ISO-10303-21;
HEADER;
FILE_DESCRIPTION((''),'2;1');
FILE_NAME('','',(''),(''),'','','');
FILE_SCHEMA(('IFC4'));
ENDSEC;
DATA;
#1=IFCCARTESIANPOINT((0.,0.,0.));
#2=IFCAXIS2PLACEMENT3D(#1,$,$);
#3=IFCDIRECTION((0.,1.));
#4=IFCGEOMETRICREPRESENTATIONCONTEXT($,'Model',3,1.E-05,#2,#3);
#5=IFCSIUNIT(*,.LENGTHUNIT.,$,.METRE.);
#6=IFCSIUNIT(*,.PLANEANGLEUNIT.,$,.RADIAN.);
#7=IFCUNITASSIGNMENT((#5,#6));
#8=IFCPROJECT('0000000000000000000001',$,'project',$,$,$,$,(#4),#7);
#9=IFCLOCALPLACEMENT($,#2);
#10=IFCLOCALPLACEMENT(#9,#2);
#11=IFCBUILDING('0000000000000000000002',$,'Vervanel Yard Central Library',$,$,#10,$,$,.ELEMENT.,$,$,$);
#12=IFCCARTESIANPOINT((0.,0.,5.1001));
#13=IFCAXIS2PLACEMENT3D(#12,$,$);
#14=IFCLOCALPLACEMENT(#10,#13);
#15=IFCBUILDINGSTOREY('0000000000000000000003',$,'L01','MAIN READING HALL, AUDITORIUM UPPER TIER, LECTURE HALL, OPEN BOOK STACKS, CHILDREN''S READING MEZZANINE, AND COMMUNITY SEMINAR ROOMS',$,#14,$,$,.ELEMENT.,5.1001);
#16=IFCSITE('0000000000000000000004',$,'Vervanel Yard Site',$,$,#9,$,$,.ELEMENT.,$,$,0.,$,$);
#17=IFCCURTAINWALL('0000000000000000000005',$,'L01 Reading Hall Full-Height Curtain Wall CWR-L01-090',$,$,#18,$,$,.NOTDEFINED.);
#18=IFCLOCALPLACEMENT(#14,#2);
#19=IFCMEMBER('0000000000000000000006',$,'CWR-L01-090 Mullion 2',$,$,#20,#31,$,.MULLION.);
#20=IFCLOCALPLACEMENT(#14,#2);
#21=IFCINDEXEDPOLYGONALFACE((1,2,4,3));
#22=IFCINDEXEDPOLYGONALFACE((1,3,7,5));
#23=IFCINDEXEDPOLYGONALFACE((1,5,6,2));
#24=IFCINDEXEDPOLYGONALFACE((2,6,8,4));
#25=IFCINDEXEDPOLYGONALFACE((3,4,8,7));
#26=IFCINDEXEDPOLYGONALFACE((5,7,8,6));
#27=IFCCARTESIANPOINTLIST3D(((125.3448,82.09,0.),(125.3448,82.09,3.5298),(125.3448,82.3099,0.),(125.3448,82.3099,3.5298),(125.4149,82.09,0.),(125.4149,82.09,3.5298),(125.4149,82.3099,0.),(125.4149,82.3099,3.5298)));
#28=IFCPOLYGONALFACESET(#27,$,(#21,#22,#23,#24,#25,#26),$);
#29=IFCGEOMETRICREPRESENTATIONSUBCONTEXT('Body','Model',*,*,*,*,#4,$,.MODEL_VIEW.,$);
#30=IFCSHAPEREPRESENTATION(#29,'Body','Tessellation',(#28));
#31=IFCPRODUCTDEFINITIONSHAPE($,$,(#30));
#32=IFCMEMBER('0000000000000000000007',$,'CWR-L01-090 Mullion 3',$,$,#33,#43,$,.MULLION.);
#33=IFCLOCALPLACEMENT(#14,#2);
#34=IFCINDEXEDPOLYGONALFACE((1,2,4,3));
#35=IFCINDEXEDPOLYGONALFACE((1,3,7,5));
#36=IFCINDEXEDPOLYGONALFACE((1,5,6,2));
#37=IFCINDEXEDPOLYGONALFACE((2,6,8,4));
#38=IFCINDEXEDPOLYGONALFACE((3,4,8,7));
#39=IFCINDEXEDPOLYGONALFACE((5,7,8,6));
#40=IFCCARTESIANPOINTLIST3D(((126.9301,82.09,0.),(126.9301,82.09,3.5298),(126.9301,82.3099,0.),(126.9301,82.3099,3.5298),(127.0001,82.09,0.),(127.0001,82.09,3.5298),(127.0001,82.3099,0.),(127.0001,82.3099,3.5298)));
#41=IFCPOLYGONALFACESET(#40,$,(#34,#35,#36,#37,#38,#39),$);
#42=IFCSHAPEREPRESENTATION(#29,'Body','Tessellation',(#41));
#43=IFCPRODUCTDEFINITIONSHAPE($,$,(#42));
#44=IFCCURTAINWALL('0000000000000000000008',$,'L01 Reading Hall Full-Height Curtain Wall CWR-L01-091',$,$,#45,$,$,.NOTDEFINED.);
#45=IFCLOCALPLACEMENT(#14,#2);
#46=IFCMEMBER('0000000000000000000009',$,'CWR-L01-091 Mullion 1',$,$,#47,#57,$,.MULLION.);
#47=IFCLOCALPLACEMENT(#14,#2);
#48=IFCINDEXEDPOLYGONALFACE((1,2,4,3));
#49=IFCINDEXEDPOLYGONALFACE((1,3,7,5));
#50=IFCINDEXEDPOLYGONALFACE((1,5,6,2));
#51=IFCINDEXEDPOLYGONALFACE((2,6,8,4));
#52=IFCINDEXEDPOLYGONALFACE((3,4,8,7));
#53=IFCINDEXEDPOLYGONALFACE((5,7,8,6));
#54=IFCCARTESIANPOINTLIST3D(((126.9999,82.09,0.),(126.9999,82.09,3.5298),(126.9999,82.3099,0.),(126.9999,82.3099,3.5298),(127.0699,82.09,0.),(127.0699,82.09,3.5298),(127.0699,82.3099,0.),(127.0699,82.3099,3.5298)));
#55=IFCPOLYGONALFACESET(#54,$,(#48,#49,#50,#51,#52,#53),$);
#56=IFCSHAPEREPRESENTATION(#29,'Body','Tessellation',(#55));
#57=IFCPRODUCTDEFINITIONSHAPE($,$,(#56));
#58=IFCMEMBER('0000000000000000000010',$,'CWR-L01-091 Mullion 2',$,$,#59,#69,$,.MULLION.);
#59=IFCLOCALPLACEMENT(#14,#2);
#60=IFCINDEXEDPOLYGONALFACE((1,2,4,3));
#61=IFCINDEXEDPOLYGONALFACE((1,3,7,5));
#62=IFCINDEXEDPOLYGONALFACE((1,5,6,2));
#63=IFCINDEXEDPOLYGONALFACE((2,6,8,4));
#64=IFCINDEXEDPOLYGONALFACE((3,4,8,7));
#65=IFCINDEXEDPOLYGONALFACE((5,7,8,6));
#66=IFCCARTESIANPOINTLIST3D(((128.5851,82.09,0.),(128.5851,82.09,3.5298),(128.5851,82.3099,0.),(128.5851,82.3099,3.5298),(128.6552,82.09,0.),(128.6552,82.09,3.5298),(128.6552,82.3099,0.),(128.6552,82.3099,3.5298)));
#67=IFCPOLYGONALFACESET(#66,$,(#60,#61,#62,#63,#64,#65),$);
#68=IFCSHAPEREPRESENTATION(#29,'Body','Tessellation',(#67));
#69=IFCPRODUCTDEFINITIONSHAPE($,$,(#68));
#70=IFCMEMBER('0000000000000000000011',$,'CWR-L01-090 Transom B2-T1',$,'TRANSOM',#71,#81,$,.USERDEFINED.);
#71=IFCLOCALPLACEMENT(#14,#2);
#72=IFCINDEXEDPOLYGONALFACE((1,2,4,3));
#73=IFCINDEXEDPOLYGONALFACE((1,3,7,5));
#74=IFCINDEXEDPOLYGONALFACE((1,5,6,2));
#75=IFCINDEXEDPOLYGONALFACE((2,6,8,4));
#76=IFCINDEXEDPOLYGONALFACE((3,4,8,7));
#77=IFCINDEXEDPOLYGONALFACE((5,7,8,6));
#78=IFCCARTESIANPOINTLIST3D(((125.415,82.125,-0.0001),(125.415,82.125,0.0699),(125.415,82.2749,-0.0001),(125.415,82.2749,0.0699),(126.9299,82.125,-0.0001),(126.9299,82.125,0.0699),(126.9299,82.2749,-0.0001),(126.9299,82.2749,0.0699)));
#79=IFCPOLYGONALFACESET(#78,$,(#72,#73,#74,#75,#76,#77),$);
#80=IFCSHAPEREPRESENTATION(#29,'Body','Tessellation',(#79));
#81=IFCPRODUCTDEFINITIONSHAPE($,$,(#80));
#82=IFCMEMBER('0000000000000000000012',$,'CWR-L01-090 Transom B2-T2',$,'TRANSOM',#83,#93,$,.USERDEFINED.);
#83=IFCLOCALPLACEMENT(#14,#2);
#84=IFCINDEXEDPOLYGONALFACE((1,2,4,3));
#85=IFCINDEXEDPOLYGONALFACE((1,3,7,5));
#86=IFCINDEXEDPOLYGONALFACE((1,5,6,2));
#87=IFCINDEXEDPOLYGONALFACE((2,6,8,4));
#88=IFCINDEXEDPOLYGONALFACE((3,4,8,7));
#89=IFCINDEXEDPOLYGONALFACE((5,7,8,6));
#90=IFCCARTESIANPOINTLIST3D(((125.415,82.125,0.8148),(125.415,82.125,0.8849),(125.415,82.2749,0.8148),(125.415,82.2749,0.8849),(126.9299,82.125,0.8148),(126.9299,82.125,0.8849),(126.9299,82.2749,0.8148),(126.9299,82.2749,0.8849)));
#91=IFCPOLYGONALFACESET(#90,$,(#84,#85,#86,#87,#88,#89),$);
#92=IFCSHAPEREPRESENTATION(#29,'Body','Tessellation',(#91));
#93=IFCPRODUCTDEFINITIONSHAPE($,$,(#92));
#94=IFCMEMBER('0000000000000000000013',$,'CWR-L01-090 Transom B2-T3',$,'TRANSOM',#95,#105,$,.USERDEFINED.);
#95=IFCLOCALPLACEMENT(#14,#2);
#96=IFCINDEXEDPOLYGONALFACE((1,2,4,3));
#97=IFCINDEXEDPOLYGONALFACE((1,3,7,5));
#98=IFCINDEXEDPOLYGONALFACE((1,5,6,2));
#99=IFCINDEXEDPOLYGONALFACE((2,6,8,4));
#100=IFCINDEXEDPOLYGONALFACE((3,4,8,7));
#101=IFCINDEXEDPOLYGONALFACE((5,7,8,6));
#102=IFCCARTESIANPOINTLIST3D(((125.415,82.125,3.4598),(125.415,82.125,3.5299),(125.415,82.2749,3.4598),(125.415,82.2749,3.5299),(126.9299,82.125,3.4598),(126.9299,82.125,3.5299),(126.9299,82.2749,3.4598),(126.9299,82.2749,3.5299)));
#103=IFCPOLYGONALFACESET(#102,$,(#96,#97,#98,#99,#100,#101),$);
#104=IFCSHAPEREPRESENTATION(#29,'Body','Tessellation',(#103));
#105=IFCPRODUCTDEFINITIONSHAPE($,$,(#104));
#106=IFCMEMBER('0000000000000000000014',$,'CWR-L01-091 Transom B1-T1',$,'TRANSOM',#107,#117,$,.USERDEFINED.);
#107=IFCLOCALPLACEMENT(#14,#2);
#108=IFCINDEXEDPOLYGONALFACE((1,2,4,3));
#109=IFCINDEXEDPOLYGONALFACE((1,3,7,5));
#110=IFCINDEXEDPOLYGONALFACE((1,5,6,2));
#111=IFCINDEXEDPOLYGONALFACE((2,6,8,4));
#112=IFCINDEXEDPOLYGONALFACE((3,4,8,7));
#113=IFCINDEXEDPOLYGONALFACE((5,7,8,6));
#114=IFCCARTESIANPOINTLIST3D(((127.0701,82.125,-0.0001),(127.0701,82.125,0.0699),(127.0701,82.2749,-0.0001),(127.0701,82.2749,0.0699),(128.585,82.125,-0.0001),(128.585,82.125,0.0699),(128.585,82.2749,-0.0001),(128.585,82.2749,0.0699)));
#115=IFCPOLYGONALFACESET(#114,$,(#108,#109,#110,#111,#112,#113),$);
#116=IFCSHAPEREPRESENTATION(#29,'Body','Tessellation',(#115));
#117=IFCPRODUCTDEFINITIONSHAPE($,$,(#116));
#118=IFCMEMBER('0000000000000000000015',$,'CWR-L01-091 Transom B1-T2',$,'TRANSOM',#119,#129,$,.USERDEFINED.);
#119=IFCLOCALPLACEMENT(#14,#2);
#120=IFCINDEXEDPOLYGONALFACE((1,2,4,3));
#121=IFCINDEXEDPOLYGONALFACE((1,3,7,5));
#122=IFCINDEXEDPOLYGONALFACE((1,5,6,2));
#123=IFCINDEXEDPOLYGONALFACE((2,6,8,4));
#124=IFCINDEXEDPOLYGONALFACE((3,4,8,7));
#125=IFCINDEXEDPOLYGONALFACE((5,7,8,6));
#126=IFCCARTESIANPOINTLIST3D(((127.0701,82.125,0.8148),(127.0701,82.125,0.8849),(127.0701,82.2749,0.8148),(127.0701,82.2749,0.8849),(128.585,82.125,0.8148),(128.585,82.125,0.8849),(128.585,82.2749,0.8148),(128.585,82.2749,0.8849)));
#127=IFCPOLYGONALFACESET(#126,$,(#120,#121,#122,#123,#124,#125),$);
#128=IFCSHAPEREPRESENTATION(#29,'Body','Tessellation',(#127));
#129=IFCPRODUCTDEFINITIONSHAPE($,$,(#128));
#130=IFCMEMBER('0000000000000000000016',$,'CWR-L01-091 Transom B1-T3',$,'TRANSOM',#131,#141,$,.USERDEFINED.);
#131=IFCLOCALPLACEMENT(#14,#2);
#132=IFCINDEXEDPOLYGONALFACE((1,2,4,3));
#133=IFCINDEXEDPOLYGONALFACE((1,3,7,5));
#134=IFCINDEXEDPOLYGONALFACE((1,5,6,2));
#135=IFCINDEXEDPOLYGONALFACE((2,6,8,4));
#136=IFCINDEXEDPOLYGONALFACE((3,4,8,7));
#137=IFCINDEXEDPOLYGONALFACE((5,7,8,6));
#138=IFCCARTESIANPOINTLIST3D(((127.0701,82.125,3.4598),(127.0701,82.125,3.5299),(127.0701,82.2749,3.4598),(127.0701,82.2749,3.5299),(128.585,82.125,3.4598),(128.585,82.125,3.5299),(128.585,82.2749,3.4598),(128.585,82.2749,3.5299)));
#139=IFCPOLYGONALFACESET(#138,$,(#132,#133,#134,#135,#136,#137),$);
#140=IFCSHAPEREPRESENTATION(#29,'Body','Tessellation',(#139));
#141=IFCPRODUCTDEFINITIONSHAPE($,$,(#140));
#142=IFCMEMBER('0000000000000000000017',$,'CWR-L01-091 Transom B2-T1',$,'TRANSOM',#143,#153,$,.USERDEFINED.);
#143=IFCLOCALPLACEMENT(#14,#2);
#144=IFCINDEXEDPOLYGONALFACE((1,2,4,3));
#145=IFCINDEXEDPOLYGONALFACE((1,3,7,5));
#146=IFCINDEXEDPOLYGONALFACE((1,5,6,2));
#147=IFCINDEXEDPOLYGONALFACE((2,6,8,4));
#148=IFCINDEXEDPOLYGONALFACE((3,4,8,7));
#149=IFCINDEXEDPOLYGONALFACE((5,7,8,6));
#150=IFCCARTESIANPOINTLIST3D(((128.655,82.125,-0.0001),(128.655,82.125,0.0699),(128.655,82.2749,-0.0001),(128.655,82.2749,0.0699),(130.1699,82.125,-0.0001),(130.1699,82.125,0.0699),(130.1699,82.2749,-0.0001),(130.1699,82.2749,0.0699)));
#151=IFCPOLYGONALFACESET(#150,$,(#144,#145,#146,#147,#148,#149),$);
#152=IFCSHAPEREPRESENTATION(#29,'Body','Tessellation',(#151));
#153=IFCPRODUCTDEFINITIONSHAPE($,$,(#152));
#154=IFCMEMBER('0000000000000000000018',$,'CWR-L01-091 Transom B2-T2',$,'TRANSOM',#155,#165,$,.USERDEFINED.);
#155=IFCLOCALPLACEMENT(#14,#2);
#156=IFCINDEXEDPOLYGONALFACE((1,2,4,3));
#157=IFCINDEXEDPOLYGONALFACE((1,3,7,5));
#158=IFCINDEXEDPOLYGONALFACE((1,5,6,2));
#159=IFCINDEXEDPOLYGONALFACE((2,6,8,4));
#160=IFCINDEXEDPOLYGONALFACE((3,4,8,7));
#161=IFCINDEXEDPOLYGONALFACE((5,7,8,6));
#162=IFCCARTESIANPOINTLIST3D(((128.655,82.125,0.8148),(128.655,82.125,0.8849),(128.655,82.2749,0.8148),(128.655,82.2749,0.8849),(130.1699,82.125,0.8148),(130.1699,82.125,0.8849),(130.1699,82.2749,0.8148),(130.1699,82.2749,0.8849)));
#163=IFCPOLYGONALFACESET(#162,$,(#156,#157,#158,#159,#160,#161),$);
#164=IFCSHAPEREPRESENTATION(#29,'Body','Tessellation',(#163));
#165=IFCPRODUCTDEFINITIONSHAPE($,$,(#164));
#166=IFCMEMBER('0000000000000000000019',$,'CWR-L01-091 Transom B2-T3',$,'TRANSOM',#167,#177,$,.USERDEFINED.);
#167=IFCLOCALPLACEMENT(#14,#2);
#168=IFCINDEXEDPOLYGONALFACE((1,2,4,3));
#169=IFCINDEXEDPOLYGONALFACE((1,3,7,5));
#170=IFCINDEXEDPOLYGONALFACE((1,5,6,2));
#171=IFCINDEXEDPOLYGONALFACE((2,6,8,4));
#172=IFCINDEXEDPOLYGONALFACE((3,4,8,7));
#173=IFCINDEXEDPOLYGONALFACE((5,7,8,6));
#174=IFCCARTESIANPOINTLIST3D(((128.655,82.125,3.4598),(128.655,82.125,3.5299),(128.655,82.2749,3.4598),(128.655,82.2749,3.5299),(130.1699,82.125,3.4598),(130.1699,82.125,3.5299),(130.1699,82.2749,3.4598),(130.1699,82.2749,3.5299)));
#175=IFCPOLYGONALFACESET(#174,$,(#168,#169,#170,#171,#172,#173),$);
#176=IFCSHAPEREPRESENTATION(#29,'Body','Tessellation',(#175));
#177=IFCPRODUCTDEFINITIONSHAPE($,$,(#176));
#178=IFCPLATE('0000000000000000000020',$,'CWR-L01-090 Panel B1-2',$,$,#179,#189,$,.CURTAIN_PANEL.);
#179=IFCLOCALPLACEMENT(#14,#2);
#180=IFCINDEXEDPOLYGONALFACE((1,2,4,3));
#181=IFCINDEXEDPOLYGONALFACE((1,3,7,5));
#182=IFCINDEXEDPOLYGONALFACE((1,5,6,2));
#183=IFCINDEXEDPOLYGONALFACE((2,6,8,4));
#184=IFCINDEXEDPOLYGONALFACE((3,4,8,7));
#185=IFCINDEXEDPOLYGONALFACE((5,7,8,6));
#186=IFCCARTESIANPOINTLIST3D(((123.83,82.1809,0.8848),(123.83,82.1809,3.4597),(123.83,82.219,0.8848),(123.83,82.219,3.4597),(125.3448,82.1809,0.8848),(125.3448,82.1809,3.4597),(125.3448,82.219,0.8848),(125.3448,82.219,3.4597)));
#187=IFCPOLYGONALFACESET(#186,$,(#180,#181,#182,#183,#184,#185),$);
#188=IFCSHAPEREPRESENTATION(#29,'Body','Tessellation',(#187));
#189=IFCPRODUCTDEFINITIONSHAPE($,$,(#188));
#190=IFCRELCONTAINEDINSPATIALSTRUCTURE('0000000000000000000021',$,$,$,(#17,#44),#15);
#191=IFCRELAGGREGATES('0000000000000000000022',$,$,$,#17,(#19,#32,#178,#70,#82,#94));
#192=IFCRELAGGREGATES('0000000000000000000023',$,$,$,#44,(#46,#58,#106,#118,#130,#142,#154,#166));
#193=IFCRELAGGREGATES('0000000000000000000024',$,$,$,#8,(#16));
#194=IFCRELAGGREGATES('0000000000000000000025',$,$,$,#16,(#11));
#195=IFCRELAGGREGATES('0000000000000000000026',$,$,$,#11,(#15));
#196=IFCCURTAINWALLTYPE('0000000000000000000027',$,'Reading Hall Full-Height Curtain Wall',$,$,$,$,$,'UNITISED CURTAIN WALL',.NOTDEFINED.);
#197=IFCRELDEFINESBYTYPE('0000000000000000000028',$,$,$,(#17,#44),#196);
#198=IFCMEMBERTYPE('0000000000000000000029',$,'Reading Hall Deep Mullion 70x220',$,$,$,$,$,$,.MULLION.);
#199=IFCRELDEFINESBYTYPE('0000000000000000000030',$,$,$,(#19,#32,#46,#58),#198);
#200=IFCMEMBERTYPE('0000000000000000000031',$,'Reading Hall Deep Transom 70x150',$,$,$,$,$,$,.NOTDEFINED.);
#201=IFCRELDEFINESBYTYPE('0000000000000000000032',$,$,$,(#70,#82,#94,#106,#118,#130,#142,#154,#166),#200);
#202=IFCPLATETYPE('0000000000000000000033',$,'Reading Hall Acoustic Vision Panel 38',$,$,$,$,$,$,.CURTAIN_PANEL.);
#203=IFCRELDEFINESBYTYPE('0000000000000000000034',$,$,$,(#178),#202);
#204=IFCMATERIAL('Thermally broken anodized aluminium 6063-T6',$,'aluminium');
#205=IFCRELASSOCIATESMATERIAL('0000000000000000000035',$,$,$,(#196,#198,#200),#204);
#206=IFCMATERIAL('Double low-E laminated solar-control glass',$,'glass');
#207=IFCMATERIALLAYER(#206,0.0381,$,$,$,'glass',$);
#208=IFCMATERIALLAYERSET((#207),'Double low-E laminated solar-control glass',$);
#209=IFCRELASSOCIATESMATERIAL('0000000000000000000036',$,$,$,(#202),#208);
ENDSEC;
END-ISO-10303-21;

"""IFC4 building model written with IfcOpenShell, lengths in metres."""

from ifc_helpers import new_model, si_unit, direction, frame, origin, origin_2d, place, context, subcontext, project, spatial, rectangle, extrude, material, layer, layer_set, material_profile, profile_set, type_object, element, aggregate, save


model = new_model("IFC4")

# Units and contexts
model_context = context("Model", 3, precision=1e-05, world=origin(), true_north=direction((0.0, 1.0)))
body_context = subcontext(model_context, "Body", "Model", "MODEL_VIEW")
ifc_project = project(units=[si_unit("LENGTHUNIT", "METRE"), si_unit("PLANEANGLEUNIT", "RADIAN")], contexts=[model_context])

# Site, building, storey
site_placement = place(None, origin())
site = spatial("IfcSite", under=ifc_project, at=site_placement, Name="Vervanel Yard Site", CompositionType="ELEMENT", RefElevation=0.0)
building_placement = place(site_placement, origin())
building = spatial("IfcBuilding", under=site, at=building_placement, Name="Vervanel Yard Central Library", CompositionType="ELEMENT")
storey_placement = place(building_placement, frame((0.0, 0.0, 5.1001)))
storey = spatial("IfcBuildingStorey", under=building, at=storey_placement, Name="L01", Description="MAIN READING HALL, AUDITORIUM UPPER TIER, LECTURE HALL, OPEN BOOK STACKS, CHILDREN'S READING MEZZANINE, AND COMMUNITY SEMINAR ROOMS", CompositionType="ELEMENT", Elevation=5.1001)

# Curtain walls, members
ifc_material_1 = material(Name="Thermally broken anodized aluminium 6063-T6", Category="aluminium")
curtain_wall_type = type_object("IfcCurtainWallType", Name="Reading Hall Full-Height Curtain Wall", ElementType="UNITISED CURTAIN WALL", PredefinedType="NOTDEFINED", material=ifc_material_1)
curtain_wall_1_placement = place(storey_placement, origin())
curtain_wall_1 = element("IfcCurtainWall", 1, at=curtain_wall_1_placement, inside=storey, type_object=curtain_wall_type, Name="L01 Reading Hall Full-Height Curtain Wall CWR-L01-090", PredefinedType="NOTDEFINED")
ifc_material_profile_1 = material_profile(ifc_material_1, rectangle(XDim=0.0701, YDim=0.22, at=origin_2d()), Name="ALU 70x220", Category="aluminium")
ifc_profile_set_1 = profile_set([ifc_material_profile_1], Name="Thermally broken anodized aluminium 6063-T6")
member_type_1 = type_object("IfcMemberType", Name="Reading Hall Deep Mullion 70x220", PredefinedType="MULLION", material=ifc_profile_set_1)
member_1_placement = place(storey_placement, frame((125.3799, 82.2, 0.0), z_axis=(0.0, 0.0, 1.0), x_axis=(1.0, 0.0, 0.0)))
member_1 = element("IfcMember", 2, at=member_1_placement, type_object=member_type_1, Name="CWR-L01-090 Mullion 2", PredefinedType="MULLION", context=body_context, shape_type="SweptSolid", body=[
    extrude(rectangle(XDim=0.0701, YDim=0.22, at=origin_2d()), origin(), (0.0, 0.0, 1.0), 3.5298),
])
member_2_placement = place(storey_placement, frame((126.9651, 82.2, 0.0), z_axis=(0.0, 0.0, 1.0), x_axis=(1.0, 0.0, 0.0)))
member_2 = element("IfcMember", 3, at=member_2_placement, type_object=member_type_1, Name="CWR-L01-090 Mullion 3", PredefinedType="MULLION", context=body_context, shape_type="SweptSolid", body=[
    extrude(rectangle(XDim=0.0701, YDim=0.22, at=origin_2d()), origin(), (0.0, 0.0, 1.0), 3.5298),
])
curtain_wall_2_placement = place(storey_placement, origin())
curtain_wall_2 = element("IfcCurtainWall", 4, at=curtain_wall_2_placement, inside=storey, type_object=curtain_wall_type, Name="L01 Reading Hall Full-Height Curtain Wall CWR-L01-091", PredefinedType="NOTDEFINED")
member_3_placement = place(storey_placement, frame((127.0349, 82.2, 0.0), z_axis=(0.0, 0.0, 1.0), x_axis=(1.0, 0.0, 0.0)))
member_3 = element("IfcMember", 5, at=member_3_placement, type_object=member_type_1, Name="CWR-L01-091 Mullion 1", PredefinedType="MULLION", context=body_context, shape_type="SweptSolid", body=[
    extrude(rectangle(XDim=0.0701, YDim=0.22, at=origin_2d()), origin(), (0.0, 0.0, 1.0), 3.5298),
])
member_4_placement = place(storey_placement, frame((128.6201, 82.2, 0.0), z_axis=(0.0, 0.0, 1.0), x_axis=(1.0, 0.0, 0.0)))
member_4 = element("IfcMember", 6, at=member_4_placement, type_object=member_type_1, Name="CWR-L01-091 Mullion 2", PredefinedType="MULLION", context=body_context, shape_type="SweptSolid", body=[
    extrude(rectangle(XDim=0.0701, YDim=0.22, at=origin_2d()), origin(), (0.0, 0.0, 1.0), 3.5298),
])

# Members
ifc_material_profile_2 = material_profile(ifc_material_1, rectangle(XDim=0.0701, YDim=0.1499, at=origin_2d()), Name="ALU 70x150", Category="aluminium")
ifc_profile_set_2 = profile_set([ifc_material_profile_2], Name="Thermally broken anodized aluminium 6063-T6")
member_type_2 = type_object("IfcMemberType", Name="Reading Hall Deep Transom 70x150", PredefinedType="NOTDEFINED", material=ifc_profile_set_2)
member_5_placement = place(storey_placement, frame((125.415, 82.2, 0.0349), z_axis=(1.0, 0.0, 0.0), x_axis=(0.0, 0.0, 1.0)))
member_5 = element("IfcMember", 7, at=member_5_placement, type_object=member_type_2, Name="CWR-L01-090 Transom B2-T1", ObjectType="TRANSOM", PredefinedType="USERDEFINED", context=body_context, shape_type="SweptSolid", body=[
    extrude(rectangle(XDim=0.0701, YDim=0.1499, at=origin_2d()), origin(), (0.0, 0.0, 1.0), 1.5149),
])
member_6_placement = place(storey_placement, frame((125.415, 82.2, 0.8499), z_axis=(1.0, 0.0, 0.0), x_axis=(0.0, 0.0, 1.0)))
member_6 = element("IfcMember", 8, at=member_6_placement, type_object=member_type_2, Name="CWR-L01-090 Transom B2-T2", ObjectType="TRANSOM", PredefinedType="USERDEFINED", context=body_context, shape_type="SweptSolid", body=[
    extrude(rectangle(XDim=0.0701, YDim=0.1499, at=origin_2d()), origin(), (0.0, 0.0, 1.0), 1.5149),
])
member_7_placement = place(storey_placement, frame((125.415, 82.2, 3.4949), z_axis=(1.0, 0.0, 0.0), x_axis=(0.0, 0.0, 1.0)))
member_7 = element("IfcMember", 9, at=member_7_placement, type_object=member_type_2, Name="CWR-L01-090 Transom B2-T3", ObjectType="TRANSOM", PredefinedType="USERDEFINED", context=body_context, shape_type="SweptSolid", body=[
    extrude(rectangle(XDim=0.0701, YDim=0.1499, at=origin_2d()), origin(), (0.0, 0.0, 1.0), 1.5149),
])
member_8_placement = place(storey_placement, frame((127.0701, 82.2, 0.0349), z_axis=(1.0, 0.0, 0.0), x_axis=(0.0, 0.0, 1.0)))
member_8 = element("IfcMember", 10, at=member_8_placement, type_object=member_type_2, Name="CWR-L01-091 Transom B1-T1", ObjectType="TRANSOM", PredefinedType="USERDEFINED", context=body_context, shape_type="SweptSolid", body=[
    extrude(rectangle(XDim=0.0701, YDim=0.1499, at=origin_2d()), origin(), (0.0, 0.0, 1.0), 1.5149),
])
member_9_placement = place(storey_placement, frame((127.0701, 82.2, 0.8499), z_axis=(1.0, 0.0, 0.0), x_axis=(0.0, 0.0, 1.0)))
member_9 = element("IfcMember", 11, at=member_9_placement, type_object=member_type_2, Name="CWR-L01-091 Transom B1-T2", ObjectType="TRANSOM", PredefinedType="USERDEFINED", context=body_context, shape_type="SweptSolid", body=[
    extrude(rectangle(XDim=0.0701, YDim=0.1499, at=origin_2d()), origin(), (0.0, 0.0, 1.0), 1.5149),
])
member_10_placement = place(storey_placement, frame((127.0701, 82.2, 3.4949), z_axis=(1.0, 0.0, 0.0), x_axis=(0.0, 0.0, 1.0)))
member_10 = element("IfcMember", 12, at=member_10_placement, type_object=member_type_2, Name="CWR-L01-091 Transom B1-T3", ObjectType="TRANSOM", PredefinedType="USERDEFINED", context=body_context, shape_type="SweptSolid", body=[
    extrude(rectangle(XDim=0.0701, YDim=0.1499, at=origin_2d()), origin(), (0.0, 0.0, 1.0), 1.5149),
])
member_11_placement = place(storey_placement, frame((128.655, 82.2, 0.0349), z_axis=(1.0, 0.0, 0.0), x_axis=(0.0, 0.0, 1.0)))
member_11 = element("IfcMember", 13, at=member_11_placement, type_object=member_type_2, Name="CWR-L01-091 Transom B2-T1", ObjectType="TRANSOM", PredefinedType="USERDEFINED", context=body_context, shape_type="SweptSolid", body=[
    extrude(rectangle(XDim=0.0701, YDim=0.1499, at=origin_2d()), origin(), (0.0, 0.0, 1.0), 1.5149),
])
member_12_placement = place(storey_placement, frame((128.655, 82.2, 0.8499), z_axis=(1.0, 0.0, 0.0), x_axis=(0.0, 0.0, 1.0)))
member_12 = element("IfcMember", 14, at=member_12_placement, type_object=member_type_2, Name="CWR-L01-091 Transom B2-T2", ObjectType="TRANSOM", PredefinedType="USERDEFINED", context=body_context, shape_type="SweptSolid", body=[
    extrude(rectangle(XDim=0.0701, YDim=0.1499, at=origin_2d()), origin(), (0.0, 0.0, 1.0), 1.5149),
])
member_13_placement = place(storey_placement, frame((128.655, 82.2, 3.4949), z_axis=(1.0, 0.0, 0.0), x_axis=(0.0, 0.0, 1.0)))
member_13 = element("IfcMember", 15, at=member_13_placement, type_object=member_type_2, Name="CWR-L01-091 Transom B2-T3", ObjectType="TRANSOM", PredefinedType="USERDEFINED", context=body_context, shape_type="SweptSolid", body=[
    extrude(rectangle(XDim=0.0701, YDim=0.1499, at=origin_2d()), origin(), (0.0, 0.0, 1.0), 1.5149),
])

# Plate
ifc_material_2 = material(Name="Double low-E laminated solar-control glass", Category="glass")
ifc_layer_1 = layer(ifc_material_2, 0.0381, Category="glass")
ifc_layer_set_1 = layer_set([ifc_layer_1], Name="Double low-E laminated solar-control glass")
plate_type_1 = type_object("IfcPlateType", Name="Reading Hall Acoustic Vision Panel 38", PredefinedType="CURTAIN_PANEL", material=ifc_layer_set_1)
plate_1_placement = place(storey_placement, frame((124.5874, 82.2, 0.8848), z_axis=(0.0, 0.0, 1.0), x_axis=(1.0, 0.0, 0.0)))
plate_1 = element("IfcPlate", 16, at=plate_1_placement, type_object=plate_type_1, Name="CWR-L01-090 Panel B1-2", PredefinedType="CURTAIN_PANEL", context=body_context, shape_type="SweptSolid", body=[
    extrude(rectangle(XDim=1.5149, YDim=0.0381, at=origin_2d()), origin(), (0.0, 0.0, 1.0), 2.575),
])
aggregate(curtain_wall_1, [member_1, member_2, plate_1, member_5, member_6, member_7])
aggregate(curtain_wall_2, [member_3, member_4, member_8, member_9, member_10, member_11, member_12, member_13])

save(model, "model.ifc")
